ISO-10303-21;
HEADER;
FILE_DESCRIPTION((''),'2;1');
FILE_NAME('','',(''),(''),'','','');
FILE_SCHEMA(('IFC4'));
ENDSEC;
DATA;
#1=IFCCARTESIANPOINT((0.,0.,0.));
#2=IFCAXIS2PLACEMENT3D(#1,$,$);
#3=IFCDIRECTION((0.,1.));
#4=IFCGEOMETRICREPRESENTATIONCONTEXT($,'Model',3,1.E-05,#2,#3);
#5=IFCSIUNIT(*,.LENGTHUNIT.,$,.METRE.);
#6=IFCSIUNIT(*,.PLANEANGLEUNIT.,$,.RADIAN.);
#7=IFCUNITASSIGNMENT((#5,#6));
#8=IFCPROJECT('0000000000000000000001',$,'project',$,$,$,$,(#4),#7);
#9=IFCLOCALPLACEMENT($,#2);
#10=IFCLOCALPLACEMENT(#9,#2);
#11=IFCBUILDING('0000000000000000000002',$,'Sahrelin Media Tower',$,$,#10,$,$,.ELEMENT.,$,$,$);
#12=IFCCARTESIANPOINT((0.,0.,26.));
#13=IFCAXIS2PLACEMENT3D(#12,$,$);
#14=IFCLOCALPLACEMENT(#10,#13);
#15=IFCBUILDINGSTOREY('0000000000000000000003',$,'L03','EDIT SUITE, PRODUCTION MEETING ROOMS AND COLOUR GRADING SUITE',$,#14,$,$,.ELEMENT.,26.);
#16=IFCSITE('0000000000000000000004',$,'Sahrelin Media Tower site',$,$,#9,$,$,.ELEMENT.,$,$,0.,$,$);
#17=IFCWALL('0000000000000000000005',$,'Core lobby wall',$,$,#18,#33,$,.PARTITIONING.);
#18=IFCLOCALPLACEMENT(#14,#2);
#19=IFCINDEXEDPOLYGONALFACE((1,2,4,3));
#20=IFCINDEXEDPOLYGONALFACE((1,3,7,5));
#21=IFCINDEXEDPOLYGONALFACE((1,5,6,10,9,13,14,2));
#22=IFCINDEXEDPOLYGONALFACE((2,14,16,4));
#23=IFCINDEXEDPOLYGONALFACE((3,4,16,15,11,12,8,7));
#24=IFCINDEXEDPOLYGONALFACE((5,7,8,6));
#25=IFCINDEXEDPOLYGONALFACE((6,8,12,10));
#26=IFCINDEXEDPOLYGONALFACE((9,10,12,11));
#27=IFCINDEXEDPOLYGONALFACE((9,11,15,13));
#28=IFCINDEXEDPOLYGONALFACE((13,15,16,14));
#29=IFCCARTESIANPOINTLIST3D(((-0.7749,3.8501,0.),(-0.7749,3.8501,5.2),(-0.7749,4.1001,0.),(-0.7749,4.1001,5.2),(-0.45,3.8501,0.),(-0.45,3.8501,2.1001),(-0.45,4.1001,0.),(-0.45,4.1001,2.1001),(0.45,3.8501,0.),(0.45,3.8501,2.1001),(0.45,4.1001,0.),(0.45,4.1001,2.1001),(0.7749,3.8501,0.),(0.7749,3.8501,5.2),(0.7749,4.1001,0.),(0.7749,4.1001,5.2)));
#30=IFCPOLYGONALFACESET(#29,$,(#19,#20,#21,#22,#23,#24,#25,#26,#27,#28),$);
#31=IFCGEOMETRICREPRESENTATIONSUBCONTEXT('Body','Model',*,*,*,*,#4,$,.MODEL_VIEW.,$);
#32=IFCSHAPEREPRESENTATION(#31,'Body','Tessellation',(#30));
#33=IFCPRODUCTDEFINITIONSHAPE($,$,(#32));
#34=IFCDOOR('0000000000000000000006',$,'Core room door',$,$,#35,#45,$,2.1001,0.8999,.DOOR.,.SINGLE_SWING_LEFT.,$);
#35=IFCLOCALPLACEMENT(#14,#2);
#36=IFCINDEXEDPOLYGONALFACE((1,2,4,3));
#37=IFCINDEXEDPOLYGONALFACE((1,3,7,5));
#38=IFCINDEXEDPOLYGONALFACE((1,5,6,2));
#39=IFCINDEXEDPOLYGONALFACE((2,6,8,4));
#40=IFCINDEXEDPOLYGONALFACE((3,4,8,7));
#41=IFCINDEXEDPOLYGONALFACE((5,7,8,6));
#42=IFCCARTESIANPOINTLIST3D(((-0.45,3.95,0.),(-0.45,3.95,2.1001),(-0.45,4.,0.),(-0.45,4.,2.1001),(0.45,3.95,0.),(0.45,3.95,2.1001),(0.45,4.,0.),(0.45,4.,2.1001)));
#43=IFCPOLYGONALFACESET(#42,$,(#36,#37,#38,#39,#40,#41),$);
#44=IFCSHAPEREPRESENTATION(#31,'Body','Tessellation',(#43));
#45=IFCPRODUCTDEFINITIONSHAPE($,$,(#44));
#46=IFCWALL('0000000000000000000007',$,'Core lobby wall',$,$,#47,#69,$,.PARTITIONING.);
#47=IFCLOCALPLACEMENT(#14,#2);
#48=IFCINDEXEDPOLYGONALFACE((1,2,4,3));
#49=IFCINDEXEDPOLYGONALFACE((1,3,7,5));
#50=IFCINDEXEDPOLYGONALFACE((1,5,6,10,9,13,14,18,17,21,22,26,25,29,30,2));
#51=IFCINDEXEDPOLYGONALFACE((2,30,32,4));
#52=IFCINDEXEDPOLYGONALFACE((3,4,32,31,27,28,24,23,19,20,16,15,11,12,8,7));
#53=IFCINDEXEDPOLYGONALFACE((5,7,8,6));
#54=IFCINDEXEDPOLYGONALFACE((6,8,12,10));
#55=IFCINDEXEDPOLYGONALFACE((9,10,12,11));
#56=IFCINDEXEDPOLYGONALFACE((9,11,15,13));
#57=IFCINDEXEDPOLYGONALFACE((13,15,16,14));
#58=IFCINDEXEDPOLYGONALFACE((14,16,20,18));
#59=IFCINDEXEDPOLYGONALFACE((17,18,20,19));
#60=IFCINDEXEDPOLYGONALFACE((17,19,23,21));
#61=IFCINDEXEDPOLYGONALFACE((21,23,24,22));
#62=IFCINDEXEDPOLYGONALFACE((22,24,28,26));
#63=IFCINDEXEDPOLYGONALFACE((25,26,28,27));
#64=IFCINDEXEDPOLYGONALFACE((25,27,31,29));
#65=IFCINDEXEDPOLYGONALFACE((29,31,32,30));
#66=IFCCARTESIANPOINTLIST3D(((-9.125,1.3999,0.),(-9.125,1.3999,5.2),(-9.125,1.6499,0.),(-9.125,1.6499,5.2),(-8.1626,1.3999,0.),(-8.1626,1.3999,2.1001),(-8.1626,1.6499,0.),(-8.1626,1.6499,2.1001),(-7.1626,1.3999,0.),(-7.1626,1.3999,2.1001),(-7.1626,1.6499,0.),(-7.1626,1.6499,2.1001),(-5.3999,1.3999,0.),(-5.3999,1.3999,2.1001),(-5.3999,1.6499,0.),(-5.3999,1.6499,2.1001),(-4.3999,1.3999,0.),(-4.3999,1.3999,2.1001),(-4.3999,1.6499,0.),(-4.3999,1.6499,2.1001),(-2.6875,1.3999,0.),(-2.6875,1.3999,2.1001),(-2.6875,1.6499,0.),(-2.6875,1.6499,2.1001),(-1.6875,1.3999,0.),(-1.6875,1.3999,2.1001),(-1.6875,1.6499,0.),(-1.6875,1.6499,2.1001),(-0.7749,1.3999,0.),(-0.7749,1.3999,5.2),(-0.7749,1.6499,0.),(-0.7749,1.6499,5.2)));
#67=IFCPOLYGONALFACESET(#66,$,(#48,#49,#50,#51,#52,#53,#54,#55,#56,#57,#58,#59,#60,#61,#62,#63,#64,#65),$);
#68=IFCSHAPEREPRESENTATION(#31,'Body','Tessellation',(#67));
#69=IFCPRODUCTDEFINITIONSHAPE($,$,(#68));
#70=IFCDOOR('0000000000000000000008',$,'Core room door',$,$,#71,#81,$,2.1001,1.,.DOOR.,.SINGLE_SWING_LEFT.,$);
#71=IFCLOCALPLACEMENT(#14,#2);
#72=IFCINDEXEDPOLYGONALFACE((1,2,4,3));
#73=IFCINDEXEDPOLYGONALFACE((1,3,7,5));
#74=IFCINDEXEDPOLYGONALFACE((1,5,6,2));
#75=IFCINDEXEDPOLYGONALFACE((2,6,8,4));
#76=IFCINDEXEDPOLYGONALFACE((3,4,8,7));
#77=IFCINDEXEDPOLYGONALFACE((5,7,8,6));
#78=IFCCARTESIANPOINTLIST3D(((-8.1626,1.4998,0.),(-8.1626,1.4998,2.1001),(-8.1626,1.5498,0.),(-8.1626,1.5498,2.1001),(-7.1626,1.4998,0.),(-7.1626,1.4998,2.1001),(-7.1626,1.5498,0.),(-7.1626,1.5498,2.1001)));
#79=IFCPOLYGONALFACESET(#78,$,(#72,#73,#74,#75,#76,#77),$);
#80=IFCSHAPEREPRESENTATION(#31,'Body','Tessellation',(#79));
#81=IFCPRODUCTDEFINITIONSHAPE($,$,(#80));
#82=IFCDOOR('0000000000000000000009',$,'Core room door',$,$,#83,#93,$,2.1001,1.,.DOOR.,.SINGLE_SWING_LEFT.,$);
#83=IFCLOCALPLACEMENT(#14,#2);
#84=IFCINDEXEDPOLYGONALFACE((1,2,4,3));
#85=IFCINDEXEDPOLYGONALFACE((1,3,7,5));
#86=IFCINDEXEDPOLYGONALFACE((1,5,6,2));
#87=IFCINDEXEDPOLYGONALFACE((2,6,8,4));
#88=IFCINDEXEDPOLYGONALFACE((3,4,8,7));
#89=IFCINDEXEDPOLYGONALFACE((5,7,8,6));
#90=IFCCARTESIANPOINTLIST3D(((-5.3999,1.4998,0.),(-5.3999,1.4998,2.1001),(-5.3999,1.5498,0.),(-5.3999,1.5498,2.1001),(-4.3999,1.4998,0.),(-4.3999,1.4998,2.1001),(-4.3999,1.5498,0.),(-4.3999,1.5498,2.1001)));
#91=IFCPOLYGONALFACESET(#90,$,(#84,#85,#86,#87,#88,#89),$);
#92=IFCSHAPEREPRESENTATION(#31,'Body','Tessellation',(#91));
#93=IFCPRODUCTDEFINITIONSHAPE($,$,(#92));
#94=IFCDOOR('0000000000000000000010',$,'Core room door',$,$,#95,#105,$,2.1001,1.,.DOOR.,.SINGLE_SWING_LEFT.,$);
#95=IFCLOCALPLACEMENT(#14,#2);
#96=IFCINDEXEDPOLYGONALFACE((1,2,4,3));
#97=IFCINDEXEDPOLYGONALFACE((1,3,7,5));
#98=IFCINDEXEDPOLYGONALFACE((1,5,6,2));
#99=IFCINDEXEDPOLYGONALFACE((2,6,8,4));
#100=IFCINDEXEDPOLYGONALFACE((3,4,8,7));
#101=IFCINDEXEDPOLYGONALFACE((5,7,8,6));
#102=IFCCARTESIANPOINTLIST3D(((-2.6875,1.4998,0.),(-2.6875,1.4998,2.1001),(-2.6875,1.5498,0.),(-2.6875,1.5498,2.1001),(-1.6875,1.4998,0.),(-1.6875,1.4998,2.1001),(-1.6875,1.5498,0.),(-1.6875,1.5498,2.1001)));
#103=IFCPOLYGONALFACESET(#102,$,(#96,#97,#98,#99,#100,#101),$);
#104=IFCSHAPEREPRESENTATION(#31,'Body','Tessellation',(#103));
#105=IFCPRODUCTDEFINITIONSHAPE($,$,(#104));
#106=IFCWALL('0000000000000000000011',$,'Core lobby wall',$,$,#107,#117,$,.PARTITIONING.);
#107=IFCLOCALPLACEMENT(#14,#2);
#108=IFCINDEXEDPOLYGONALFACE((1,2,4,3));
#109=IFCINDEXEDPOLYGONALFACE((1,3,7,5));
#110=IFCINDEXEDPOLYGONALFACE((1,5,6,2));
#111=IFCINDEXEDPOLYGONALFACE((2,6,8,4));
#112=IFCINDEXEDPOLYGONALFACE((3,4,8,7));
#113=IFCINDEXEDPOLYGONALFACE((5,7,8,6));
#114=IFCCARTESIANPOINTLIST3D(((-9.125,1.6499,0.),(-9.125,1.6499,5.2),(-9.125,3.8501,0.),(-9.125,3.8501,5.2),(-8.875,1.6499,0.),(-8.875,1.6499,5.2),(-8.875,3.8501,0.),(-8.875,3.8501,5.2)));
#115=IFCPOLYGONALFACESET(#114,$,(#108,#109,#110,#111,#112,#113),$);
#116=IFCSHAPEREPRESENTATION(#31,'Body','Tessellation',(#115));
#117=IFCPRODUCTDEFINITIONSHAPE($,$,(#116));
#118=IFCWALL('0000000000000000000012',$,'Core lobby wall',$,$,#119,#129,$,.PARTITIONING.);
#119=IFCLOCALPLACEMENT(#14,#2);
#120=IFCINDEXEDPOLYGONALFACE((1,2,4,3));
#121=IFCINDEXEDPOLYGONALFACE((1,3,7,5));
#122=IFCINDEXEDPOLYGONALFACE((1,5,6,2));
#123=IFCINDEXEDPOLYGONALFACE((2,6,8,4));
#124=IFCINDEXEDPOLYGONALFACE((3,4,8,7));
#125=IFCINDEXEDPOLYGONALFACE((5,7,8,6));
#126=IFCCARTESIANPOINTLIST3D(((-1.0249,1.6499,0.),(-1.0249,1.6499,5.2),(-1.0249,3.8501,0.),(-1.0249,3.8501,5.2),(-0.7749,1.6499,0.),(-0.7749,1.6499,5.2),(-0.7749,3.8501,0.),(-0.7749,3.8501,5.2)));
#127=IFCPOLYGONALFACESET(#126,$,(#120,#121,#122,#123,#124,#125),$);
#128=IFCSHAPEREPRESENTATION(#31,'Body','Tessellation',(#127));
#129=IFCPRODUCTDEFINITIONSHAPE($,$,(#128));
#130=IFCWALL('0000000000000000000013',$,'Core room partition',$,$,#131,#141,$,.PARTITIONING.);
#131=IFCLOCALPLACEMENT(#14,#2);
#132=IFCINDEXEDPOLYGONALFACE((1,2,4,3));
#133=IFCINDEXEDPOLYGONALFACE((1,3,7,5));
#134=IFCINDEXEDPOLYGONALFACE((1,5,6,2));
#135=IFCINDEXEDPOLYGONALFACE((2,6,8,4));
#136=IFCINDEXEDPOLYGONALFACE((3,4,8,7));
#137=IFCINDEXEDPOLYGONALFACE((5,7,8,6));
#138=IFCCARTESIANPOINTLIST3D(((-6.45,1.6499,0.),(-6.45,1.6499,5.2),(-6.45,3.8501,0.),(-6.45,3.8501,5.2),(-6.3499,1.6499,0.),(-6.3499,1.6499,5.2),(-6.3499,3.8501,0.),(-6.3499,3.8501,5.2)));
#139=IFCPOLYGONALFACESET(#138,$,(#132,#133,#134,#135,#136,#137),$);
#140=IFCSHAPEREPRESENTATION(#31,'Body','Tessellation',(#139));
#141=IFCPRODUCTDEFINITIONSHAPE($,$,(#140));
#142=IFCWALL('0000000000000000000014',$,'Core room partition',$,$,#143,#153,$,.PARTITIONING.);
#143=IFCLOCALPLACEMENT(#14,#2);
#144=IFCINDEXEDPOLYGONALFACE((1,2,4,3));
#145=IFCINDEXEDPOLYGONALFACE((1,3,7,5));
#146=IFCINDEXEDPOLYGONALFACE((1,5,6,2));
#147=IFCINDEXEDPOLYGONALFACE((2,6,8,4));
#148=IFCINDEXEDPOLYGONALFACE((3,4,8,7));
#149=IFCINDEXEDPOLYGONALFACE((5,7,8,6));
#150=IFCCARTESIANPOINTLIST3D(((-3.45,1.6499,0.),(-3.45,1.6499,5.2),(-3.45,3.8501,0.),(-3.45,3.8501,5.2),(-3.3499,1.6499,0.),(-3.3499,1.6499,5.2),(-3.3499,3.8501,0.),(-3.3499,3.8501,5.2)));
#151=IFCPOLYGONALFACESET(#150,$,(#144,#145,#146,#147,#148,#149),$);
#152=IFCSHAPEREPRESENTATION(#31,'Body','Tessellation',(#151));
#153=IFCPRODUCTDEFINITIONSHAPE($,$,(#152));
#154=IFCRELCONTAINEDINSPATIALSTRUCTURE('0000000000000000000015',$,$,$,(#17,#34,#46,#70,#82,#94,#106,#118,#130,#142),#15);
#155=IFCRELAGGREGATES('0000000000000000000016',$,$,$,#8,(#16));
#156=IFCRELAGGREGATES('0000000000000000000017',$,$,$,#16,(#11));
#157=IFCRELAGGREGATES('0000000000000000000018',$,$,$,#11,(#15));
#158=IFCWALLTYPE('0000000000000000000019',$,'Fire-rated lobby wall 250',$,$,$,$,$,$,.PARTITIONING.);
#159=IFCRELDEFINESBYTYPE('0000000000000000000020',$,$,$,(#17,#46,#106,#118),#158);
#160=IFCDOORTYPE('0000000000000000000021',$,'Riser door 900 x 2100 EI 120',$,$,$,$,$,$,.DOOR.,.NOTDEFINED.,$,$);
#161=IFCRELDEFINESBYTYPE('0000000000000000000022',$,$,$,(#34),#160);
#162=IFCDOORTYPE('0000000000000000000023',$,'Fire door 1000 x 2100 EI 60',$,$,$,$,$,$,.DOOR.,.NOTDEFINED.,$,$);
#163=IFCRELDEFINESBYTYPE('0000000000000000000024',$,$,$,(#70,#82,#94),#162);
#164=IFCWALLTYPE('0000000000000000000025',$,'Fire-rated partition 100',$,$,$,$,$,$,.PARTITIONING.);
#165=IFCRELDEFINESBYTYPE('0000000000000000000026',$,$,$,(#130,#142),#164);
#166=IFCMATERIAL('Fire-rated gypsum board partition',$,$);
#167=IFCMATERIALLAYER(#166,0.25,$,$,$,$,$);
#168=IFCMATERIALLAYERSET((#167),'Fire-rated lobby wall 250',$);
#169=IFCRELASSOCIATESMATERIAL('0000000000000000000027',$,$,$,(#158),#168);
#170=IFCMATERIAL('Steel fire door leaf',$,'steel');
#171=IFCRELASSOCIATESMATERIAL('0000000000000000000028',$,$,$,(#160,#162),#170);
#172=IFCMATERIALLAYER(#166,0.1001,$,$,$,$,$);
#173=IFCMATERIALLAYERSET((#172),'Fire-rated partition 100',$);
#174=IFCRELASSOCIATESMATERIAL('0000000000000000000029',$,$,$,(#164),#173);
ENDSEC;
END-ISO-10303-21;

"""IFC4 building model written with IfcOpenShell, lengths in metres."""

from ifc_helpers import new_model, si_unit, direction, frame, frame_2d, origin, place, context, subcontext, project, spatial, rectangle, extrude, material, layer, layer_set, type_object, element, fill, save


model = new_model("IFC4")

# Units and contexts
model_context = context("Model", 3, precision=1e-05, world=origin(), true_north=direction((0.0, 1.0)))
body_context = subcontext(model_context, "Body", "Model", "MODEL_VIEW")
ifc_project = project(units=[si_unit("LENGTHUNIT", "METRE"), si_unit("PLANEANGLEUNIT", "RADIAN")], contexts=[model_context])

# Site, building, storey
site_placement = place(None, origin())
site = spatial("IfcSite", under=ifc_project, at=site_placement, Name="Sahrelin Media Tower site", CompositionType="ELEMENT", RefElevation=0.0)
building_placement = place(site_placement, origin())
building = spatial("IfcBuilding", under=site, at=building_placement, Name="Sahrelin Media Tower", CompositionType="ELEMENT")
storey_placement = place(building_placement, frame((0.0, 0.0, 26.0)))
storey = spatial("IfcBuildingStorey", under=building, at=storey_placement, Name="L03", Description="EDIT SUITE, PRODUCTION MEETING ROOMS AND COLOUR GRADING SUITE", CompositionType="ELEMENT", Elevation=26.0)

# Wall, opening, door
ifc_material_1 = material(Name="Fire-rated gypsum board partition")
ifc_layer_1 = layer(ifc_material_1, 0.25)
ifc_layer_set_1 = layer_set([ifc_layer_1], Name="Fire-rated lobby wall 250")
wall_type_1 = type_object("IfcWallType", Name="Fire-rated lobby wall 250", PredefinedType="PARTITIONING", material=ifc_layer_set_1)
wall_1_placement = place(storey_placement, frame((-0.7749, 3.9751, 0.0), z_axis=(0.0, 0.0, 1.0), x_axis=(1.0, 0.0, 0.0)))
wall_1 = element("IfcWall", 1, at=wall_1_placement, inside=storey, type_object=wall_type_1, Name="Core lobby wall", PredefinedType="PARTITIONING", context=body_context, shape_type="SweptSolid", body=[
    extrude(rectangle(XDim=1.5498, YDim=0.25, at=frame_2d((0.7749, 0.0))), origin(), (0.0, 0.0, 1.0), 5.2),
])
opening_1_placement = place(wall_1_placement, frame((0.325, 0.0, 0.0)))
opening_1 = element("IfcOpeningElement", 2, at=opening_1_placement, cuts=wall_1, PredefinedType="OPENING", context=body_context, shape_type="SweptSolid", body=[
    extrude(rectangle(XDim=0.8999, YDim=2.1001, at=frame_2d((0.45, 1.05))), frame((0.0, 0.125, 0.0), z_axis=(0.0, -1.0, 0.0), x_axis=(1.0, 0.0, 0.0)), (0.0, 0.0, 1.0), 0.25),
])
ifc_material_2 = material(Name="Steel fire door leaf", Category="steel")
door_type_1 = type_object("IfcDoorType", Name="Riser door 900 x 2100 EI 120", OperationType="NOTDEFINED", PredefinedType="DOOR", material=ifc_material_2)
door_1_placement = place(opening_1_placement, origin())
door_1 = element("IfcDoor", 3, at=door_1_placement, inside=storey, type_object=door_type_1, Name="Core room door", OperationType="SINGLE_SWING_LEFT", OverallHeight=2.1001, OverallWidth=0.8999, PredefinedType="DOOR", context=body_context, shape_type="SweptSolid", body=[
    extrude(rectangle(XDim=0.8999, YDim=2.1001, at=frame_2d((0.45, 1.05))), frame((0.0, 0.0249, 0.0), z_axis=(0.0, -1.0, 0.0), x_axis=(1.0, 0.0, 0.0)), (0.0, 0.0, 1.0), 0.05),
])
fill(opening_1, door_1)

# Wall, openings, doors
wall_2_placement = place(storey_placement, frame((-9.125, 1.5249, 0.0), z_axis=(0.0, 0.0, 1.0), x_axis=(1.0, 0.0, 0.0)))
wall_2 = element("IfcWall", 4, at=wall_2_placement, inside=storey, type_object=wall_type_1, Name="Core lobby wall", PredefinedType="PARTITIONING", context=body_context, shape_type="SweptSolid", body=[
    extrude(rectangle(XDim=8.3501, YDim=0.25, at=frame_2d((4.175, 0.0))), origin(), (0.0, 0.0, 1.0), 5.2),
])
opening_2_placement = place(wall_2_placement, frame((0.9624, 0.0, 0.0)))
opening_2 = element("IfcOpeningElement", 5, at=opening_2_placement, cuts=wall_2, PredefinedType="OPENING", context=body_context, shape_type="SweptSolid", body=[
    extrude(rectangle(XDim=1.0, YDim=2.1001, at=frame_2d((0.5, 1.05))), frame((0.0, 0.125, 0.0), z_axis=(0.0, -1.0, 0.0), x_axis=(1.0, 0.0, 0.0)), (0.0, 0.0, 1.0), 0.25),
])
opening_3_placement = place(wall_2_placement, frame((3.7251, 0.0, 0.0)))
opening_3 = element("IfcOpeningElement", 6, at=opening_3_placement, cuts=wall_2, PredefinedType="OPENING", context=body_context, shape_type="SweptSolid", body=[
    extrude(rectangle(XDim=1.0, YDim=2.1001, at=frame_2d((0.5, 1.05))), frame((0.0, 0.125, 0.0), z_axis=(0.0, -1.0, 0.0), x_axis=(1.0, 0.0, 0.0)), (0.0, 0.0, 1.0), 0.25),
])
opening_4_placement = place(wall_2_placement, frame((6.4375, 0.0, 0.0)))
opening_4 = element("IfcOpeningElement", 7, at=opening_4_placement, cuts=wall_2, PredefinedType="OPENING", context=body_context, shape_type="SweptSolid", body=[
    extrude(rectangle(XDim=1.0, YDim=2.1001, at=frame_2d((0.5, 1.05))), frame((0.0, 0.125, 0.0), z_axis=(0.0, -1.0, 0.0), x_axis=(1.0, 0.0, 0.0)), (0.0, 0.0, 1.0), 0.25),
])
door_type_2 = type_object("IfcDoorType", Name="Fire door 1000 x 2100 EI 60", OperationType="NOTDEFINED", PredefinedType="DOOR", material=ifc_material_2)
door_2_placement = place(opening_2_placement, origin())
door_2 = element("IfcDoor", 8, at=door_2_placement, inside=storey, type_object=door_type_2, Name="Core room door", OperationType="SINGLE_SWING_LEFT", OverallHeight=2.1001, OverallWidth=1.0, PredefinedType="DOOR", context=body_context, shape_type="SweptSolid", body=[
    extrude(rectangle(XDim=1.0, YDim=2.1001, at=frame_2d((0.5, 1.05))), frame((0.0, 0.0249, 0.0), z_axis=(0.0, -1.0, 0.0), x_axis=(1.0, 0.0, 0.0)), (0.0, 0.0, 1.0), 0.05),
])
fill(opening_2, door_2)
door_3_placement = place(opening_3_placement, origin())
door_3 = element("IfcDoor", 9, at=door_3_placement, inside=storey, type_object=door_type_2, Name="Core room door", OperationType="SINGLE_SWING_LEFT", OverallHeight=2.1001, OverallWidth=1.0, PredefinedType="DOOR", context=body_context, shape_type="SweptSolid", body=[
    extrude(rectangle(XDim=1.0, YDim=2.1001, at=frame_2d((0.5, 1.05))), frame((0.0, 0.0249, 0.0), z_axis=(0.0, -1.0, 0.0), x_axis=(1.0, 0.0, 0.0)), (0.0, 0.0, 1.0), 0.05),
])
fill(opening_3, door_3)
door_4_placement = place(opening_4_placement, origin())
door_4 = element("IfcDoor", 10, at=door_4_placement, inside=storey, type_object=door_type_2, Name="Core room door", OperationType="SINGLE_SWING_LEFT", OverallHeight=2.1001, OverallWidth=1.0, PredefinedType="DOOR", context=body_context, shape_type="SweptSolid", body=[
    extrude(rectangle(XDim=1.0, YDim=2.1001, at=frame_2d((0.5, 1.05))), frame((0.0, 0.0249, 0.0), z_axis=(0.0, -1.0, 0.0), x_axis=(1.0, 0.0, 0.0)), (0.0, 0.0, 1.0), 0.05),
])
fill(opening_4, door_4)

# Walls
for number, where, z_axis, x_axis, name in (
    (11, (-9.0, 1.6499, 0.0), (0.0, 0.0, 1.0), (0.0, 1.0, 0.0), "Core lobby wall"),
    (12, (-0.8999, 1.6499, 0.0), (0.0, 0.0, 1.0), (0.0, 1.0, 0.0), "Core lobby wall"),
):
    element("IfcWall", number, at=place(storey_placement, frame(where, z_axis=z_axis, x_axis=x_axis)), inside=storey, type_object=wall_type_1, Name=name, PredefinedType="PARTITIONING", context=body_context, shape_type="SweptSolid", body=[
        extrude(rectangle(XDim=2.2002, YDim=0.25, at=frame_2d((1.1001, 0.0))), origin(), (0.0, 0.0, 1.0), 5.2),
    ])
ifc_layer_2 = layer(ifc_material_1, 0.1001)
ifc_layer_set_2 = layer_set([ifc_layer_2], Name="Fire-rated partition 100")
wall_type_2 = type_object("IfcWallType", Name="Fire-rated partition 100", PredefinedType="PARTITIONING", material=ifc_layer_set_2)
for number, where, z_axis, x_axis, name in (
    (13, (-6.3999, 1.6499, 0.0), (0.0, 0.0, 1.0), (0.0, 1.0, 0.0), "Core room partition"),
    (14, (-3.3999, 1.6499, 0.0), (0.0, 0.0, 1.0), (0.0, 1.0, 0.0), "Core room partition"),
):
    element("IfcWall", number, at=place(storey_placement, frame(where, z_axis=z_axis, x_axis=x_axis)), inside=storey, type_object=wall_type_2, Name=name, PredefinedType="PARTITIONING", context=body_context, shape_type="SweptSolid", body=[
        extrude(rectangle(XDim=2.2002, YDim=0.1001, at=frame_2d((1.1001, 0.0))), origin(), (0.0, 0.0, 1.0), 5.2),
    ])

save(model, "model.ifc")
